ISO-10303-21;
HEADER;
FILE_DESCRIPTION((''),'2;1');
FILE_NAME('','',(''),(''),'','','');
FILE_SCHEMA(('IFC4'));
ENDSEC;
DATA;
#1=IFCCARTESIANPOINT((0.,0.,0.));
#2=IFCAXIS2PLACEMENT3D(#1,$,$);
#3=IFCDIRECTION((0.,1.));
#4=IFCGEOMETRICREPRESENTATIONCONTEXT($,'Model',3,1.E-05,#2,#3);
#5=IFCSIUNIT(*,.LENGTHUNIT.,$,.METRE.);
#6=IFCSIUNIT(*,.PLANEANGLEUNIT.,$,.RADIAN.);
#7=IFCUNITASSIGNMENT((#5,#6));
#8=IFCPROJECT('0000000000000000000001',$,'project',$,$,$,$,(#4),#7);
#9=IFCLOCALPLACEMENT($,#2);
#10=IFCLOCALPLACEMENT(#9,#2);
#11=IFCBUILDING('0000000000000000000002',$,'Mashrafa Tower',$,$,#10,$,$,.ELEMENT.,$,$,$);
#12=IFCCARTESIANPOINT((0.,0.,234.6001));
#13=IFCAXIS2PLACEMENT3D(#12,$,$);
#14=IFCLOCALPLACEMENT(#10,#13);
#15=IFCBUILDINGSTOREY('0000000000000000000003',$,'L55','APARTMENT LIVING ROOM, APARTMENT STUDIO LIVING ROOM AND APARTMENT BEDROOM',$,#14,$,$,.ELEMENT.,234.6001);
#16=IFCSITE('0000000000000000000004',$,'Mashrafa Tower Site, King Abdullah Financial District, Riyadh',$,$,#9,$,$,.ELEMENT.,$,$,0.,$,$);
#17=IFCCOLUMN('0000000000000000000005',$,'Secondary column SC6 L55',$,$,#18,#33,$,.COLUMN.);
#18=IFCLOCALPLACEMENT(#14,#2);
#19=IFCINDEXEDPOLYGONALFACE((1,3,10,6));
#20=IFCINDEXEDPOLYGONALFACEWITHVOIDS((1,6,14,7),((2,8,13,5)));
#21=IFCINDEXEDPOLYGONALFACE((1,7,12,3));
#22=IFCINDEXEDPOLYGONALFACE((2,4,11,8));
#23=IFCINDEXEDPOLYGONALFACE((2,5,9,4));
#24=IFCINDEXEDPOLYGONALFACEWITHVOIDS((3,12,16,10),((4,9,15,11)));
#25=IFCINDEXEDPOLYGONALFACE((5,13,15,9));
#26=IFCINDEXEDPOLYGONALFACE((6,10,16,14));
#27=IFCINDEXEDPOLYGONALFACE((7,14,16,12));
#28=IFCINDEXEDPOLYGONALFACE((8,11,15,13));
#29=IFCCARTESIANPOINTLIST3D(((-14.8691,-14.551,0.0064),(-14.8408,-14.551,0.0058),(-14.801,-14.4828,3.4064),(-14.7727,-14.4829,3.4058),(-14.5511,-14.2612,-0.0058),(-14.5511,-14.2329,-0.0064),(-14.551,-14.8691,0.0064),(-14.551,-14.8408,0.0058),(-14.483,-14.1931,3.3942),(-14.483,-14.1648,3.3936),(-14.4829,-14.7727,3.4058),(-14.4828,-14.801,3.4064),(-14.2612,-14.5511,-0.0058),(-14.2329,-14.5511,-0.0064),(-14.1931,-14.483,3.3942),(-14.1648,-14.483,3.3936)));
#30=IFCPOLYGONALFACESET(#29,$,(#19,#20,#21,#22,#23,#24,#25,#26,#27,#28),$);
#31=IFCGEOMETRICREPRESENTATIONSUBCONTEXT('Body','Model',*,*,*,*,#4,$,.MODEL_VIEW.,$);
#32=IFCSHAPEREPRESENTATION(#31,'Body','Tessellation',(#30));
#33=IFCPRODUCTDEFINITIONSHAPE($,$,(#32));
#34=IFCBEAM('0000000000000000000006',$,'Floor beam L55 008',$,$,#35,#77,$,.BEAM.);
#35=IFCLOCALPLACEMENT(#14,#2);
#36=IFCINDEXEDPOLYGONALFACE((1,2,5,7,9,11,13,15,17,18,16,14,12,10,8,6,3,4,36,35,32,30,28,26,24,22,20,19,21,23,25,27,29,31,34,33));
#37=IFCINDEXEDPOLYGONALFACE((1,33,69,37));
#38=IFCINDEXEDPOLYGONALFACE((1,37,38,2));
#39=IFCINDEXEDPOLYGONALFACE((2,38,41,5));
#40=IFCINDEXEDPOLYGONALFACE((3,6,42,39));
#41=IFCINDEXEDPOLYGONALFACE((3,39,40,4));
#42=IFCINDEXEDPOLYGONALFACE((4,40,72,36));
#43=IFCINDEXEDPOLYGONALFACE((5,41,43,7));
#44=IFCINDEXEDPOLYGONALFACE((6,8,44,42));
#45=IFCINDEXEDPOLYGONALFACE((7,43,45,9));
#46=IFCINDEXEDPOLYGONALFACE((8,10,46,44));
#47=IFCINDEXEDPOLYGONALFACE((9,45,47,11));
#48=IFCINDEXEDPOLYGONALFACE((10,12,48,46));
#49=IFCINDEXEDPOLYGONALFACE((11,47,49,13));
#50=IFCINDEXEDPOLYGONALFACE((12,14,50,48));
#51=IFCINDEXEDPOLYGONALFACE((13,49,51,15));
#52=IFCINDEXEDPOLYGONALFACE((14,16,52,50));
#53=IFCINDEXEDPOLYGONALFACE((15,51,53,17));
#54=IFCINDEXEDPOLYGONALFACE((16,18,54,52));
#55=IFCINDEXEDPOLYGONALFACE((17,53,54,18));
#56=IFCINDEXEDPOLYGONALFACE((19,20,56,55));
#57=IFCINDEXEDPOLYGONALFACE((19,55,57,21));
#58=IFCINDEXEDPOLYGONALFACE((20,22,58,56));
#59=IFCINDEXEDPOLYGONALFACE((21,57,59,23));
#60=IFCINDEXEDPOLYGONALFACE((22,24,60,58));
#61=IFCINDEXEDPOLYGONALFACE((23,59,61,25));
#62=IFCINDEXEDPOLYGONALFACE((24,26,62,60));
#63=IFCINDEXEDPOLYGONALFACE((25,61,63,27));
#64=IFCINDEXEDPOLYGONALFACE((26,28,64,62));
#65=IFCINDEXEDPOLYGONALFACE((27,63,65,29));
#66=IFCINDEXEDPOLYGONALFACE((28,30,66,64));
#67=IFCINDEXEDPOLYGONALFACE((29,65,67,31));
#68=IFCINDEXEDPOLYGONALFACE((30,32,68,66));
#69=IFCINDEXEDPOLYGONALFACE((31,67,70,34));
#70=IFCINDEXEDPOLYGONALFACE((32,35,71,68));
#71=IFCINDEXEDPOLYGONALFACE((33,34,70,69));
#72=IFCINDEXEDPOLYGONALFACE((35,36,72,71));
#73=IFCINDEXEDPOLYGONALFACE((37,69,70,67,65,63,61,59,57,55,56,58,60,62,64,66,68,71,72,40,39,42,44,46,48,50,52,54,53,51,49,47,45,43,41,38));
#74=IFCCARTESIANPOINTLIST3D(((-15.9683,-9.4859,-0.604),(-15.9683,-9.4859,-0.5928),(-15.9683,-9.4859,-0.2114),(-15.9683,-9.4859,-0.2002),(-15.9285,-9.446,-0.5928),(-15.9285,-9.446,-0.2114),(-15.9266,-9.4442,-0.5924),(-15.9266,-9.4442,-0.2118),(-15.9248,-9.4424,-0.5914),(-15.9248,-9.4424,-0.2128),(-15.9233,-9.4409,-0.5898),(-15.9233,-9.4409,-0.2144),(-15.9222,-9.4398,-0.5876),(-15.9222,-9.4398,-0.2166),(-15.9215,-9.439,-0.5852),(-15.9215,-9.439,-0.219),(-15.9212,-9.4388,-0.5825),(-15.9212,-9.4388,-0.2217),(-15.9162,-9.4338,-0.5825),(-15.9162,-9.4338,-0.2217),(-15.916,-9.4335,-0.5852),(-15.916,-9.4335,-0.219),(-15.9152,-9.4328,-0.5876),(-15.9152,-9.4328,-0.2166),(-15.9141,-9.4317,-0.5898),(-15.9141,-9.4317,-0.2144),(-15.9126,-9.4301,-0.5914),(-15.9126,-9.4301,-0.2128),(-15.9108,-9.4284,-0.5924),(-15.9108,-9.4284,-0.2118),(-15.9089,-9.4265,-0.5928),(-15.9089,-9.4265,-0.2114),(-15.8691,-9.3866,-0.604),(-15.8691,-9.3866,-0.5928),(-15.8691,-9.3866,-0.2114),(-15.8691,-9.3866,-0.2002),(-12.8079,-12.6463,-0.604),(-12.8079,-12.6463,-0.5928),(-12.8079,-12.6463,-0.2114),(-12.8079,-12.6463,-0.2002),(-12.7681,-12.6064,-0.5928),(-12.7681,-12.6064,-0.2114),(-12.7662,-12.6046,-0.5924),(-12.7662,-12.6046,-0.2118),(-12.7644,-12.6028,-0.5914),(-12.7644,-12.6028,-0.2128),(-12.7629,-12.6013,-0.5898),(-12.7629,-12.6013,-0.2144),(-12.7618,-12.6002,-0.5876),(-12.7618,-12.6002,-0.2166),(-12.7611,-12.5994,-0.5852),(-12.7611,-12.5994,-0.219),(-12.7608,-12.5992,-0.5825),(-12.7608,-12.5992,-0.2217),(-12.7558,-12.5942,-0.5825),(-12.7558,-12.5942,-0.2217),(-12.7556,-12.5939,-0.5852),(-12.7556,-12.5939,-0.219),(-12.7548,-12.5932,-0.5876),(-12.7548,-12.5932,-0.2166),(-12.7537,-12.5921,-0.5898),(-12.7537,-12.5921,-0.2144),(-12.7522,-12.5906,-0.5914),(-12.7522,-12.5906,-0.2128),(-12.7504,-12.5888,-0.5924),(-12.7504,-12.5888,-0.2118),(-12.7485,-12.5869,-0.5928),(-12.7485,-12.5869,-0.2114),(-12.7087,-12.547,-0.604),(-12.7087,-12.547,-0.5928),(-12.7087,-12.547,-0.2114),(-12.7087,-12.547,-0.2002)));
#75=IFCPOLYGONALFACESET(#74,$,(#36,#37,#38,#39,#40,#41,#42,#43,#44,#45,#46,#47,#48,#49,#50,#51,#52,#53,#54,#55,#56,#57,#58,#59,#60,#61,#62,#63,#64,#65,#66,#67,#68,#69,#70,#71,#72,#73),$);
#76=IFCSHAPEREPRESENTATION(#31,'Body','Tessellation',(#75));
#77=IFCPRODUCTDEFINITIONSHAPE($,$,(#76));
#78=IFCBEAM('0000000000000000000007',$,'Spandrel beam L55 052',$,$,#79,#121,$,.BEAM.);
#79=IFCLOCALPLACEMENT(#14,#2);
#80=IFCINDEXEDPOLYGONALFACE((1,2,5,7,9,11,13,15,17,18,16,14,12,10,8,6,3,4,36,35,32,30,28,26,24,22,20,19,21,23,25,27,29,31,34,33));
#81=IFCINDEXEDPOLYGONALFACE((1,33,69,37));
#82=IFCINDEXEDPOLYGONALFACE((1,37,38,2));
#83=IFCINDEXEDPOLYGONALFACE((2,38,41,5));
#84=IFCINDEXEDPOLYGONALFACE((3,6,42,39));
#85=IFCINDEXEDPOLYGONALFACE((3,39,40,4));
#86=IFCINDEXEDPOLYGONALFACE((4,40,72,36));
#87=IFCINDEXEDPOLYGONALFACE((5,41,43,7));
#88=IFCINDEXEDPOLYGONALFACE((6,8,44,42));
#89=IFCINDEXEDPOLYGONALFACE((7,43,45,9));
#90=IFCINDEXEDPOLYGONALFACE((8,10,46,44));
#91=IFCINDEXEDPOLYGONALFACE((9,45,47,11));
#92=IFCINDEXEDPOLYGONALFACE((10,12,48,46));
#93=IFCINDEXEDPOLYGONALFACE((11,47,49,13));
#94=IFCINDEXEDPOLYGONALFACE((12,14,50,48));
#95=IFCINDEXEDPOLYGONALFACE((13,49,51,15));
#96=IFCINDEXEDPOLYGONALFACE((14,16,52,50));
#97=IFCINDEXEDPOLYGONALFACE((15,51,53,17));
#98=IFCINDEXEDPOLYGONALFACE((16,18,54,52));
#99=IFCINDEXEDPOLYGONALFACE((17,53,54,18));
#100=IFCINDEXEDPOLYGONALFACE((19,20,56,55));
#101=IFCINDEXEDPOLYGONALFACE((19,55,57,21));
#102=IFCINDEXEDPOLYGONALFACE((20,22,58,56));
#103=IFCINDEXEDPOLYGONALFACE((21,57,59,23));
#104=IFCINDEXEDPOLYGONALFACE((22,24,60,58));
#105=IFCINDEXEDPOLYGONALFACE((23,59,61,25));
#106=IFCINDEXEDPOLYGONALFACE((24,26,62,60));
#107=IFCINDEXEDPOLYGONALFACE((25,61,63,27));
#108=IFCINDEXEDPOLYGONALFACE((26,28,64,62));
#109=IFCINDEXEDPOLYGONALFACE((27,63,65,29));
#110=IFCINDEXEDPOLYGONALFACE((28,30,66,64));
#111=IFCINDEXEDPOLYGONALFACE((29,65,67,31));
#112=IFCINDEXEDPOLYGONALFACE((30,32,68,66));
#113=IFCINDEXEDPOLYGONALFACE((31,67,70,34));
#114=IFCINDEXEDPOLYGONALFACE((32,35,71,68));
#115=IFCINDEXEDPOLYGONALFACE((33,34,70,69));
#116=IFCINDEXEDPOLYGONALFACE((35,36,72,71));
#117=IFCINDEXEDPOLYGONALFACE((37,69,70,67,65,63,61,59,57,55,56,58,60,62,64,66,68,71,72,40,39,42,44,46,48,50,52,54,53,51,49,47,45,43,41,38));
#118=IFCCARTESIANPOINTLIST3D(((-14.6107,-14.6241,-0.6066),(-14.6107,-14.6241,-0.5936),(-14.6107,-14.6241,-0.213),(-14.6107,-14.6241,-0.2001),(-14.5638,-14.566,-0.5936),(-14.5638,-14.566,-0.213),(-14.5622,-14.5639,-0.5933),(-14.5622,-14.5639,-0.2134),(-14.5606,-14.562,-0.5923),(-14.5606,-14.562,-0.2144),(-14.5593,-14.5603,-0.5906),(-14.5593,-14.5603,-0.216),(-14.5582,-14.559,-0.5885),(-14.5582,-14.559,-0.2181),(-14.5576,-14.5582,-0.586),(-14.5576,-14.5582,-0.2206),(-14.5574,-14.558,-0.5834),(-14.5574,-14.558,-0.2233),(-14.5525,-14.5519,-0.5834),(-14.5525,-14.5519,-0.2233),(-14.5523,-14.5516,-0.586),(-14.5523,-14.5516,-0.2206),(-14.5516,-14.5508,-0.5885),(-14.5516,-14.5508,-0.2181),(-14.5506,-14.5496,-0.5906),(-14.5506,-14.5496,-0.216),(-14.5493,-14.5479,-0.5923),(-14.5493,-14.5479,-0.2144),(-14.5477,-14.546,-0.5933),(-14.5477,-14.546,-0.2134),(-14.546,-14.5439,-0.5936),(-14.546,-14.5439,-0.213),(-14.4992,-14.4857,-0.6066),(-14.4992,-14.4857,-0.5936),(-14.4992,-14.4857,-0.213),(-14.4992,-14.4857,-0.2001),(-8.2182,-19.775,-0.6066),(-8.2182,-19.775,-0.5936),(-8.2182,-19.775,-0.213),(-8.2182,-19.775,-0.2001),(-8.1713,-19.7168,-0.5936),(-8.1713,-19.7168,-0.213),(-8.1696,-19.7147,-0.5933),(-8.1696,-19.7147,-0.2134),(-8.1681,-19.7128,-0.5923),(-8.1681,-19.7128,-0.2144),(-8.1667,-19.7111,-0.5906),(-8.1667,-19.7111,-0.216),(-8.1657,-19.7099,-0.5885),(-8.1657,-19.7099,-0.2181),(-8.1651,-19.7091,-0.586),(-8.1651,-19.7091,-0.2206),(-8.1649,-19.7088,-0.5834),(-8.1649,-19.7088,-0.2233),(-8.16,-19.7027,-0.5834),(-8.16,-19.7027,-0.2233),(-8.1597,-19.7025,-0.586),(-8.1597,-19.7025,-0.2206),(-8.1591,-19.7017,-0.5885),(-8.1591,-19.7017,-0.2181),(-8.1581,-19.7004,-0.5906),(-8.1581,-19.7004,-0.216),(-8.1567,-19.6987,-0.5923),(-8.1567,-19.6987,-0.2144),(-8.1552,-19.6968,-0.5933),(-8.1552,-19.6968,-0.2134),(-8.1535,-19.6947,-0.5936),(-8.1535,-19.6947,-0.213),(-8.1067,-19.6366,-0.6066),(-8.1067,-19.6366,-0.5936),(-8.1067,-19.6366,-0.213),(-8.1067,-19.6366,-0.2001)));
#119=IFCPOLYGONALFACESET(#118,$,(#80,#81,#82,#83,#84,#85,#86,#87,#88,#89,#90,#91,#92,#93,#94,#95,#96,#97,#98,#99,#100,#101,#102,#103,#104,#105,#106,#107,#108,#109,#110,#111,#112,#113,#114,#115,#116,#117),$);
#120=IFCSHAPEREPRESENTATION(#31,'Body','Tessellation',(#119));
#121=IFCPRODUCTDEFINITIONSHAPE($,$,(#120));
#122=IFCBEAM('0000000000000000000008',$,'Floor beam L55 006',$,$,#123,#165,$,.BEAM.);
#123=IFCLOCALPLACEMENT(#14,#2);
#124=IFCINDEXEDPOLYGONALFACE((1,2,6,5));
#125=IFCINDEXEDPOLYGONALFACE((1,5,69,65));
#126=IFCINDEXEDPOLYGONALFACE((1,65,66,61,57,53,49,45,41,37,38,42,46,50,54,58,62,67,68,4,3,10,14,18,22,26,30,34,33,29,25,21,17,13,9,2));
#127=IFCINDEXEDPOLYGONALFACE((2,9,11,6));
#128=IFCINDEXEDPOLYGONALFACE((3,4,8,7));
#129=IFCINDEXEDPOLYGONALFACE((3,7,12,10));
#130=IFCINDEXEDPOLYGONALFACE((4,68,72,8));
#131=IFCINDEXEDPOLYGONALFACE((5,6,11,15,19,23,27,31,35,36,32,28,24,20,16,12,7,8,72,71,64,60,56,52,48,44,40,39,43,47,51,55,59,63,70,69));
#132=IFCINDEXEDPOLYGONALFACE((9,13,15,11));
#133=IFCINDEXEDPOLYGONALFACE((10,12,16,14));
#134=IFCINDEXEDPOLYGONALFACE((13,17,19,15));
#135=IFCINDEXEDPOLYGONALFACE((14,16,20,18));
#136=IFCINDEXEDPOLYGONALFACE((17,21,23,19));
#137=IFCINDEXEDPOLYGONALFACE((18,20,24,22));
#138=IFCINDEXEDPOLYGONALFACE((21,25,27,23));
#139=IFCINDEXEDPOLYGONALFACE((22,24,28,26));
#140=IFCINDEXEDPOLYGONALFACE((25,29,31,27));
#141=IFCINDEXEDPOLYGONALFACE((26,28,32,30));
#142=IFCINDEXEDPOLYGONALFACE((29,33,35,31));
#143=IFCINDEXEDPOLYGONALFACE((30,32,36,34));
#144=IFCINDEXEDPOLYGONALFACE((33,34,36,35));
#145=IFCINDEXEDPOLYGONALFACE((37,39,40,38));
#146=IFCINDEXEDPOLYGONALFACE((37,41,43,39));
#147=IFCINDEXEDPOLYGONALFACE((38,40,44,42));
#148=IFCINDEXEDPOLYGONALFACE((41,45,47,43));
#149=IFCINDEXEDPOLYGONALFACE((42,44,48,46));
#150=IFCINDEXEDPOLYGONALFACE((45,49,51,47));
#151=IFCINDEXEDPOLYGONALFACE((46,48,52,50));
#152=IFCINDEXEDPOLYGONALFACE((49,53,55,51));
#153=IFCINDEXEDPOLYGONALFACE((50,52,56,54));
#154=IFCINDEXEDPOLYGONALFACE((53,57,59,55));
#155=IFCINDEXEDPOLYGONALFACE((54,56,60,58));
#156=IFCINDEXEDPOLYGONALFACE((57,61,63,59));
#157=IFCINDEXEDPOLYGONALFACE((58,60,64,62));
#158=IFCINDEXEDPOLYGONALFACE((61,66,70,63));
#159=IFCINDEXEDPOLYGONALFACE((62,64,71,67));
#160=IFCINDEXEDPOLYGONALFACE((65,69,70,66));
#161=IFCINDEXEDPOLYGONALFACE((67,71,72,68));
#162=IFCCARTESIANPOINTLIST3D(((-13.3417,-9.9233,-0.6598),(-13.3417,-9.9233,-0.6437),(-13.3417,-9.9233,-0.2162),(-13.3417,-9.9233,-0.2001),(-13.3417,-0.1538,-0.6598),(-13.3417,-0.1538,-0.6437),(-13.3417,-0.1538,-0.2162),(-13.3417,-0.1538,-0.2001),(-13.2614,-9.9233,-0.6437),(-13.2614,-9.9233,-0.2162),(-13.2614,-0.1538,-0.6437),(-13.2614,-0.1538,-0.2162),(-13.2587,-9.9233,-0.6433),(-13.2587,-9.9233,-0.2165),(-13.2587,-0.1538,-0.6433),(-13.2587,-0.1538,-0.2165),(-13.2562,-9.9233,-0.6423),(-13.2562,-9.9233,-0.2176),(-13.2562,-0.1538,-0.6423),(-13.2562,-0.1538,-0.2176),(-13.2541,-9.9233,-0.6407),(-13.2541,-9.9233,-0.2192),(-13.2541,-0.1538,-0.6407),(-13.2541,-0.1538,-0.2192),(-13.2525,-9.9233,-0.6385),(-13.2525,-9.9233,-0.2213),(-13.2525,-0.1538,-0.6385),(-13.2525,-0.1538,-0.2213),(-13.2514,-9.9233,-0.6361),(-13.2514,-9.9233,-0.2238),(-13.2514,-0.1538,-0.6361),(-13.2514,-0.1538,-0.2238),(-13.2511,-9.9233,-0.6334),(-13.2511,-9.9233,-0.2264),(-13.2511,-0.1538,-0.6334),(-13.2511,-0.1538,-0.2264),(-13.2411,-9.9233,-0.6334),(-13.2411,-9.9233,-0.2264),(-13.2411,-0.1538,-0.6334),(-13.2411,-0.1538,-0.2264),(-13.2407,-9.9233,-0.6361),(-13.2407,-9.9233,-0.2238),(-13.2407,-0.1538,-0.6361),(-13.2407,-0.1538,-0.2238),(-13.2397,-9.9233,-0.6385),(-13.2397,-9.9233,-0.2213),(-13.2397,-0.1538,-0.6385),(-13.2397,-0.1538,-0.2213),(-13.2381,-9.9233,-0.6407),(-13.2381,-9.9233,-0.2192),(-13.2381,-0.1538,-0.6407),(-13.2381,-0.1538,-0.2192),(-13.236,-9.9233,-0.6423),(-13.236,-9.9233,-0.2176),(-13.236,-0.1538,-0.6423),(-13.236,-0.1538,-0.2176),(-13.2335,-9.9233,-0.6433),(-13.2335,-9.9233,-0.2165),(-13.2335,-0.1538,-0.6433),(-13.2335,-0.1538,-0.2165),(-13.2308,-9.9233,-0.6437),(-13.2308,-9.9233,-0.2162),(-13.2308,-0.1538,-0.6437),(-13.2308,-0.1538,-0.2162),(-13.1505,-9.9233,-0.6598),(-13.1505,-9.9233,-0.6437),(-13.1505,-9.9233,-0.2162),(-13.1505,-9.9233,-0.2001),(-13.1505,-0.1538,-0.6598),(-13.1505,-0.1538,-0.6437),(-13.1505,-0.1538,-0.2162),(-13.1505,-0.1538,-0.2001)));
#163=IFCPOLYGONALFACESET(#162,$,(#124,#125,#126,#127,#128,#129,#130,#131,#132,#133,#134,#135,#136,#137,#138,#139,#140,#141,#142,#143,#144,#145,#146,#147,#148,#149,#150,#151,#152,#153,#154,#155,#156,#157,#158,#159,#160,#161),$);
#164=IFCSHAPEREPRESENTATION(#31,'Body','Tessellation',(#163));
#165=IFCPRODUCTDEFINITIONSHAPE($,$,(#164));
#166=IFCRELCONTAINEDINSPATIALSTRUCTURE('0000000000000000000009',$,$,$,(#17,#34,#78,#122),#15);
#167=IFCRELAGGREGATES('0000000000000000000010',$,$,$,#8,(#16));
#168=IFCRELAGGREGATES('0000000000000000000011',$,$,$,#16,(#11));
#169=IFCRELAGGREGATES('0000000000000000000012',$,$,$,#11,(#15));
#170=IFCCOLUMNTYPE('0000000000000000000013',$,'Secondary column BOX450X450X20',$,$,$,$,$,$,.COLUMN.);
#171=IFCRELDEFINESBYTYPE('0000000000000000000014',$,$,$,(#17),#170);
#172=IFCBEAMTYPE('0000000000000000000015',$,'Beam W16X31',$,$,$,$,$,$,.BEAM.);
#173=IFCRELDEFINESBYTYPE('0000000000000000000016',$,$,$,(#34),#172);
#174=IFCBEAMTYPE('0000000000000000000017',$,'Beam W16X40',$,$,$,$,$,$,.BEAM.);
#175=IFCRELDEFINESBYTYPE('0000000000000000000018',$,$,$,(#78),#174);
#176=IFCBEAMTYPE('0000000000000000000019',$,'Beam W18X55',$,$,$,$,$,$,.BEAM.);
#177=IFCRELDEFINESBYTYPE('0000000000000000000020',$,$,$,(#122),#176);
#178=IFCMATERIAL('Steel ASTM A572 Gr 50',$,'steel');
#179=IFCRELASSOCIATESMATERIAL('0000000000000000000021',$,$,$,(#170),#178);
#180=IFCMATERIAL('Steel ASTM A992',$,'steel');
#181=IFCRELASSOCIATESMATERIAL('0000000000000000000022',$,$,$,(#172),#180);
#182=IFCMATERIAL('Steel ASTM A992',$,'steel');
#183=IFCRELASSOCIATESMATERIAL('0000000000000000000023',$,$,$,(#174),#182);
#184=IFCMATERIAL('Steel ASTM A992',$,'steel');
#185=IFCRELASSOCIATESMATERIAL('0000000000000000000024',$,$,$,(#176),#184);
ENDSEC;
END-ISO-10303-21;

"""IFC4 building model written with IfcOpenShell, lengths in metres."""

from ifc_helpers import new_model, si_unit, direction, frame, origin, origin_2d, place, context, subcontext, project, spatial, hollow_rectangle, i_section, extrude, material, material_profile, profile_set, type_object, element, save


model = new_model("IFC4")

# Units and contexts
model_context = context("Model", 3, precision=1e-05, world=origin(), true_north=direction((0.0, 1.0)))
body_context = subcontext(model_context, "Body", "Model", "MODEL_VIEW")
ifc_project = project(units=[si_unit("LENGTHUNIT", "METRE"), si_unit("PLANEANGLEUNIT", "RADIAN")], contexts=[model_context])

# Site, building, storey
site_placement = place(None, origin())
site = spatial("IfcSite", under=ifc_project, at=site_placement, Name="Mashrafa Tower Site, King Abdullah Financial District, Riyadh", CompositionType="ELEMENT", RefElevation=0.0)
building_placement = place(site_placement, origin())
building = spatial("IfcBuilding", under=site, at=building_placement, Name="Mashrafa Tower", CompositionType="ELEMENT")
storey_placement = place(building_placement, frame((0.0, 0.0, 234.6001)))
storey = spatial("IfcBuildingStorey", under=building, at=storey_placement, Name="L55", Description="APARTMENT LIVING ROOM, APARTMENT STUDIO LIVING ROOM AND APARTMENT BEDROOM", CompositionType="ELEMENT", Elevation=234.6001)

# Column
ifc_material_1 = material(Name="Steel ASTM A572 Gr 50", Category="steel")
ifc_material_profile_1 = material_profile(ifc_material_1, hollow_rectangle(XDim=0.45, YDim=0.45, WallThickness=0.02, at=origin_2d()), Name="BOX450X450X20")
ifc_profile_set_1 = profile_set([ifc_material_profile_1], Name="Steel ASTM A572 Gr 50")
column_type = type_object("IfcColumnType", Name="Secondary column BOX450X450X20", PredefinedType="COLUMN", material=ifc_profile_set_1)
column_placement = place(storey_placement, frame((-14.551, -14.551, 0.0), z_axis=(0.020026, 0.020026, 0.999599), x_axis=(-0.707107, 0.707107, 0.0)))
element("IfcColumn", 1, at=column_placement, inside=storey, type_object=column_type, Name="Secondary column SC6 L55", PredefinedType="COLUMN", context=body_context, shape_type="SweptSolid", body=[
    extrude(hollow_rectangle(XDim=0.45, YDim=0.45, WallThickness=0.02, at=origin_2d()), origin(), (0.0, 0.0, 1.0), 3.4014),
])

# Beams
ifc_material_2 = material(Name="Steel ASTM A992", Category="steel")
ifc_material_profile_2 = material_profile(ifc_material_2, i_section(OverallWidth=0.1404, OverallDepth=0.4038, WebThickness=0.0071, FlangeThickness=0.0112, FilletRadius=0.0103, at=origin_2d()), Name="W16X31")
ifc_profile_set_2 = profile_set([ifc_material_profile_2], Name="Steel ASTM A992")
beam_type_1 = type_object("IfcBeamType", Name="Beam W16X31", PredefinedType="BEAM", material=ifc_profile_set_2)
beam_1_placement = place(storey_placement, frame((-12.7583, -12.5967, -0.4021), z_axis=(-0.707107, 0.707107, 0.0), x_axis=(-0.707107, -0.707107, 0.0)))
element("IfcBeam", 2, at=beam_1_placement, inside=storey, type_object=beam_type_1, Name="Floor beam L55 008", PredefinedType="BEAM", context=body_context, shape_type="SweptSolid", body=[
    extrude(i_section(OverallWidth=0.1404, OverallDepth=0.4038, WebThickness=0.0071, FlangeThickness=0.0112, FilletRadius=0.0103, at=origin_2d()), origin(), (0.0, 0.0, 1.0), 4.4695),
])
ifc_material_3 = material(Name="Steel ASTM A992", Category="steel")
ifc_material_profile_3 = material_profile(ifc_material_3, i_section(OverallWidth=0.1777, OverallDepth=0.4065, WebThickness=0.0078, FlangeThickness=0.0129, FilletRadius=0.0103, at=origin_2d()), Name="W16X40")
ifc_profile_set_3 = profile_set([ifc_material_profile_3], Name="Steel ASTM A992")
beam_type_2 = type_object("IfcBeamType", Name="Beam W16X40", PredefinedType="BEAM", material=ifc_profile_set_3)
beam_2_placement = place(storey_placement, frame((-14.5549, -14.5549, -0.4033), z_axis=(0.778676, -0.627426, 0.0), x_axis=(0.627426, 0.778676, 0.0)))
element("IfcBeam", 3, at=beam_2_placement, inside=storey, type_object=beam_type_2, Name="Spandrel beam L55 052", PredefinedType="BEAM", context=body_context, shape_type="SweptSolid", body=[
    extrude(i_section(OverallWidth=0.1777, OverallDepth=0.4065, WebThickness=0.0078, FlangeThickness=0.0129, FilletRadius=0.0103, at=origin_2d()), origin(), (0.0, 0.0, 1.0), 8.2095),
])
ifc_material_4 = material(Name="Steel ASTM A992", Category="steel")
ifc_material_profile_4 = material_profile(ifc_material_4, i_section(OverallWidth=0.1912, OverallDepth=0.4597, WebThickness=0.01, FlangeThickness=0.0161, FilletRadius=0.0103, at=origin_2d()), Name="W18X55")
ifc_profile_set_4 = profile_set([ifc_material_profile_4], Name="Steel ASTM A992")
beam_type_3 = type_object("IfcBeamType", Name="Beam W18X55", PredefinedType="BEAM", material=ifc_profile_set_4)
beam_3_placement = place(storey_placement, frame((-13.2461, -9.9233, -0.4299), z_axis=(0.0, 1.0, 0.0), x_axis=(-1.0, 0.0, 0.0)))
element("IfcBeam", 4, at=beam_3_placement, inside=storey, type_object=beam_type_3, Name="Floor beam L55 006", PredefinedType="BEAM", context=body_context, shape_type="SweptSolid", body=[
    extrude(i_section(OverallWidth=0.1912, OverallDepth=0.4597, WebThickness=0.01, FlangeThickness=0.0161, FilletRadius=0.0103, at=origin_2d()), origin(), (0.0, 0.0, 1.0), 9.7695),
])

save(model, "model.ifc")
